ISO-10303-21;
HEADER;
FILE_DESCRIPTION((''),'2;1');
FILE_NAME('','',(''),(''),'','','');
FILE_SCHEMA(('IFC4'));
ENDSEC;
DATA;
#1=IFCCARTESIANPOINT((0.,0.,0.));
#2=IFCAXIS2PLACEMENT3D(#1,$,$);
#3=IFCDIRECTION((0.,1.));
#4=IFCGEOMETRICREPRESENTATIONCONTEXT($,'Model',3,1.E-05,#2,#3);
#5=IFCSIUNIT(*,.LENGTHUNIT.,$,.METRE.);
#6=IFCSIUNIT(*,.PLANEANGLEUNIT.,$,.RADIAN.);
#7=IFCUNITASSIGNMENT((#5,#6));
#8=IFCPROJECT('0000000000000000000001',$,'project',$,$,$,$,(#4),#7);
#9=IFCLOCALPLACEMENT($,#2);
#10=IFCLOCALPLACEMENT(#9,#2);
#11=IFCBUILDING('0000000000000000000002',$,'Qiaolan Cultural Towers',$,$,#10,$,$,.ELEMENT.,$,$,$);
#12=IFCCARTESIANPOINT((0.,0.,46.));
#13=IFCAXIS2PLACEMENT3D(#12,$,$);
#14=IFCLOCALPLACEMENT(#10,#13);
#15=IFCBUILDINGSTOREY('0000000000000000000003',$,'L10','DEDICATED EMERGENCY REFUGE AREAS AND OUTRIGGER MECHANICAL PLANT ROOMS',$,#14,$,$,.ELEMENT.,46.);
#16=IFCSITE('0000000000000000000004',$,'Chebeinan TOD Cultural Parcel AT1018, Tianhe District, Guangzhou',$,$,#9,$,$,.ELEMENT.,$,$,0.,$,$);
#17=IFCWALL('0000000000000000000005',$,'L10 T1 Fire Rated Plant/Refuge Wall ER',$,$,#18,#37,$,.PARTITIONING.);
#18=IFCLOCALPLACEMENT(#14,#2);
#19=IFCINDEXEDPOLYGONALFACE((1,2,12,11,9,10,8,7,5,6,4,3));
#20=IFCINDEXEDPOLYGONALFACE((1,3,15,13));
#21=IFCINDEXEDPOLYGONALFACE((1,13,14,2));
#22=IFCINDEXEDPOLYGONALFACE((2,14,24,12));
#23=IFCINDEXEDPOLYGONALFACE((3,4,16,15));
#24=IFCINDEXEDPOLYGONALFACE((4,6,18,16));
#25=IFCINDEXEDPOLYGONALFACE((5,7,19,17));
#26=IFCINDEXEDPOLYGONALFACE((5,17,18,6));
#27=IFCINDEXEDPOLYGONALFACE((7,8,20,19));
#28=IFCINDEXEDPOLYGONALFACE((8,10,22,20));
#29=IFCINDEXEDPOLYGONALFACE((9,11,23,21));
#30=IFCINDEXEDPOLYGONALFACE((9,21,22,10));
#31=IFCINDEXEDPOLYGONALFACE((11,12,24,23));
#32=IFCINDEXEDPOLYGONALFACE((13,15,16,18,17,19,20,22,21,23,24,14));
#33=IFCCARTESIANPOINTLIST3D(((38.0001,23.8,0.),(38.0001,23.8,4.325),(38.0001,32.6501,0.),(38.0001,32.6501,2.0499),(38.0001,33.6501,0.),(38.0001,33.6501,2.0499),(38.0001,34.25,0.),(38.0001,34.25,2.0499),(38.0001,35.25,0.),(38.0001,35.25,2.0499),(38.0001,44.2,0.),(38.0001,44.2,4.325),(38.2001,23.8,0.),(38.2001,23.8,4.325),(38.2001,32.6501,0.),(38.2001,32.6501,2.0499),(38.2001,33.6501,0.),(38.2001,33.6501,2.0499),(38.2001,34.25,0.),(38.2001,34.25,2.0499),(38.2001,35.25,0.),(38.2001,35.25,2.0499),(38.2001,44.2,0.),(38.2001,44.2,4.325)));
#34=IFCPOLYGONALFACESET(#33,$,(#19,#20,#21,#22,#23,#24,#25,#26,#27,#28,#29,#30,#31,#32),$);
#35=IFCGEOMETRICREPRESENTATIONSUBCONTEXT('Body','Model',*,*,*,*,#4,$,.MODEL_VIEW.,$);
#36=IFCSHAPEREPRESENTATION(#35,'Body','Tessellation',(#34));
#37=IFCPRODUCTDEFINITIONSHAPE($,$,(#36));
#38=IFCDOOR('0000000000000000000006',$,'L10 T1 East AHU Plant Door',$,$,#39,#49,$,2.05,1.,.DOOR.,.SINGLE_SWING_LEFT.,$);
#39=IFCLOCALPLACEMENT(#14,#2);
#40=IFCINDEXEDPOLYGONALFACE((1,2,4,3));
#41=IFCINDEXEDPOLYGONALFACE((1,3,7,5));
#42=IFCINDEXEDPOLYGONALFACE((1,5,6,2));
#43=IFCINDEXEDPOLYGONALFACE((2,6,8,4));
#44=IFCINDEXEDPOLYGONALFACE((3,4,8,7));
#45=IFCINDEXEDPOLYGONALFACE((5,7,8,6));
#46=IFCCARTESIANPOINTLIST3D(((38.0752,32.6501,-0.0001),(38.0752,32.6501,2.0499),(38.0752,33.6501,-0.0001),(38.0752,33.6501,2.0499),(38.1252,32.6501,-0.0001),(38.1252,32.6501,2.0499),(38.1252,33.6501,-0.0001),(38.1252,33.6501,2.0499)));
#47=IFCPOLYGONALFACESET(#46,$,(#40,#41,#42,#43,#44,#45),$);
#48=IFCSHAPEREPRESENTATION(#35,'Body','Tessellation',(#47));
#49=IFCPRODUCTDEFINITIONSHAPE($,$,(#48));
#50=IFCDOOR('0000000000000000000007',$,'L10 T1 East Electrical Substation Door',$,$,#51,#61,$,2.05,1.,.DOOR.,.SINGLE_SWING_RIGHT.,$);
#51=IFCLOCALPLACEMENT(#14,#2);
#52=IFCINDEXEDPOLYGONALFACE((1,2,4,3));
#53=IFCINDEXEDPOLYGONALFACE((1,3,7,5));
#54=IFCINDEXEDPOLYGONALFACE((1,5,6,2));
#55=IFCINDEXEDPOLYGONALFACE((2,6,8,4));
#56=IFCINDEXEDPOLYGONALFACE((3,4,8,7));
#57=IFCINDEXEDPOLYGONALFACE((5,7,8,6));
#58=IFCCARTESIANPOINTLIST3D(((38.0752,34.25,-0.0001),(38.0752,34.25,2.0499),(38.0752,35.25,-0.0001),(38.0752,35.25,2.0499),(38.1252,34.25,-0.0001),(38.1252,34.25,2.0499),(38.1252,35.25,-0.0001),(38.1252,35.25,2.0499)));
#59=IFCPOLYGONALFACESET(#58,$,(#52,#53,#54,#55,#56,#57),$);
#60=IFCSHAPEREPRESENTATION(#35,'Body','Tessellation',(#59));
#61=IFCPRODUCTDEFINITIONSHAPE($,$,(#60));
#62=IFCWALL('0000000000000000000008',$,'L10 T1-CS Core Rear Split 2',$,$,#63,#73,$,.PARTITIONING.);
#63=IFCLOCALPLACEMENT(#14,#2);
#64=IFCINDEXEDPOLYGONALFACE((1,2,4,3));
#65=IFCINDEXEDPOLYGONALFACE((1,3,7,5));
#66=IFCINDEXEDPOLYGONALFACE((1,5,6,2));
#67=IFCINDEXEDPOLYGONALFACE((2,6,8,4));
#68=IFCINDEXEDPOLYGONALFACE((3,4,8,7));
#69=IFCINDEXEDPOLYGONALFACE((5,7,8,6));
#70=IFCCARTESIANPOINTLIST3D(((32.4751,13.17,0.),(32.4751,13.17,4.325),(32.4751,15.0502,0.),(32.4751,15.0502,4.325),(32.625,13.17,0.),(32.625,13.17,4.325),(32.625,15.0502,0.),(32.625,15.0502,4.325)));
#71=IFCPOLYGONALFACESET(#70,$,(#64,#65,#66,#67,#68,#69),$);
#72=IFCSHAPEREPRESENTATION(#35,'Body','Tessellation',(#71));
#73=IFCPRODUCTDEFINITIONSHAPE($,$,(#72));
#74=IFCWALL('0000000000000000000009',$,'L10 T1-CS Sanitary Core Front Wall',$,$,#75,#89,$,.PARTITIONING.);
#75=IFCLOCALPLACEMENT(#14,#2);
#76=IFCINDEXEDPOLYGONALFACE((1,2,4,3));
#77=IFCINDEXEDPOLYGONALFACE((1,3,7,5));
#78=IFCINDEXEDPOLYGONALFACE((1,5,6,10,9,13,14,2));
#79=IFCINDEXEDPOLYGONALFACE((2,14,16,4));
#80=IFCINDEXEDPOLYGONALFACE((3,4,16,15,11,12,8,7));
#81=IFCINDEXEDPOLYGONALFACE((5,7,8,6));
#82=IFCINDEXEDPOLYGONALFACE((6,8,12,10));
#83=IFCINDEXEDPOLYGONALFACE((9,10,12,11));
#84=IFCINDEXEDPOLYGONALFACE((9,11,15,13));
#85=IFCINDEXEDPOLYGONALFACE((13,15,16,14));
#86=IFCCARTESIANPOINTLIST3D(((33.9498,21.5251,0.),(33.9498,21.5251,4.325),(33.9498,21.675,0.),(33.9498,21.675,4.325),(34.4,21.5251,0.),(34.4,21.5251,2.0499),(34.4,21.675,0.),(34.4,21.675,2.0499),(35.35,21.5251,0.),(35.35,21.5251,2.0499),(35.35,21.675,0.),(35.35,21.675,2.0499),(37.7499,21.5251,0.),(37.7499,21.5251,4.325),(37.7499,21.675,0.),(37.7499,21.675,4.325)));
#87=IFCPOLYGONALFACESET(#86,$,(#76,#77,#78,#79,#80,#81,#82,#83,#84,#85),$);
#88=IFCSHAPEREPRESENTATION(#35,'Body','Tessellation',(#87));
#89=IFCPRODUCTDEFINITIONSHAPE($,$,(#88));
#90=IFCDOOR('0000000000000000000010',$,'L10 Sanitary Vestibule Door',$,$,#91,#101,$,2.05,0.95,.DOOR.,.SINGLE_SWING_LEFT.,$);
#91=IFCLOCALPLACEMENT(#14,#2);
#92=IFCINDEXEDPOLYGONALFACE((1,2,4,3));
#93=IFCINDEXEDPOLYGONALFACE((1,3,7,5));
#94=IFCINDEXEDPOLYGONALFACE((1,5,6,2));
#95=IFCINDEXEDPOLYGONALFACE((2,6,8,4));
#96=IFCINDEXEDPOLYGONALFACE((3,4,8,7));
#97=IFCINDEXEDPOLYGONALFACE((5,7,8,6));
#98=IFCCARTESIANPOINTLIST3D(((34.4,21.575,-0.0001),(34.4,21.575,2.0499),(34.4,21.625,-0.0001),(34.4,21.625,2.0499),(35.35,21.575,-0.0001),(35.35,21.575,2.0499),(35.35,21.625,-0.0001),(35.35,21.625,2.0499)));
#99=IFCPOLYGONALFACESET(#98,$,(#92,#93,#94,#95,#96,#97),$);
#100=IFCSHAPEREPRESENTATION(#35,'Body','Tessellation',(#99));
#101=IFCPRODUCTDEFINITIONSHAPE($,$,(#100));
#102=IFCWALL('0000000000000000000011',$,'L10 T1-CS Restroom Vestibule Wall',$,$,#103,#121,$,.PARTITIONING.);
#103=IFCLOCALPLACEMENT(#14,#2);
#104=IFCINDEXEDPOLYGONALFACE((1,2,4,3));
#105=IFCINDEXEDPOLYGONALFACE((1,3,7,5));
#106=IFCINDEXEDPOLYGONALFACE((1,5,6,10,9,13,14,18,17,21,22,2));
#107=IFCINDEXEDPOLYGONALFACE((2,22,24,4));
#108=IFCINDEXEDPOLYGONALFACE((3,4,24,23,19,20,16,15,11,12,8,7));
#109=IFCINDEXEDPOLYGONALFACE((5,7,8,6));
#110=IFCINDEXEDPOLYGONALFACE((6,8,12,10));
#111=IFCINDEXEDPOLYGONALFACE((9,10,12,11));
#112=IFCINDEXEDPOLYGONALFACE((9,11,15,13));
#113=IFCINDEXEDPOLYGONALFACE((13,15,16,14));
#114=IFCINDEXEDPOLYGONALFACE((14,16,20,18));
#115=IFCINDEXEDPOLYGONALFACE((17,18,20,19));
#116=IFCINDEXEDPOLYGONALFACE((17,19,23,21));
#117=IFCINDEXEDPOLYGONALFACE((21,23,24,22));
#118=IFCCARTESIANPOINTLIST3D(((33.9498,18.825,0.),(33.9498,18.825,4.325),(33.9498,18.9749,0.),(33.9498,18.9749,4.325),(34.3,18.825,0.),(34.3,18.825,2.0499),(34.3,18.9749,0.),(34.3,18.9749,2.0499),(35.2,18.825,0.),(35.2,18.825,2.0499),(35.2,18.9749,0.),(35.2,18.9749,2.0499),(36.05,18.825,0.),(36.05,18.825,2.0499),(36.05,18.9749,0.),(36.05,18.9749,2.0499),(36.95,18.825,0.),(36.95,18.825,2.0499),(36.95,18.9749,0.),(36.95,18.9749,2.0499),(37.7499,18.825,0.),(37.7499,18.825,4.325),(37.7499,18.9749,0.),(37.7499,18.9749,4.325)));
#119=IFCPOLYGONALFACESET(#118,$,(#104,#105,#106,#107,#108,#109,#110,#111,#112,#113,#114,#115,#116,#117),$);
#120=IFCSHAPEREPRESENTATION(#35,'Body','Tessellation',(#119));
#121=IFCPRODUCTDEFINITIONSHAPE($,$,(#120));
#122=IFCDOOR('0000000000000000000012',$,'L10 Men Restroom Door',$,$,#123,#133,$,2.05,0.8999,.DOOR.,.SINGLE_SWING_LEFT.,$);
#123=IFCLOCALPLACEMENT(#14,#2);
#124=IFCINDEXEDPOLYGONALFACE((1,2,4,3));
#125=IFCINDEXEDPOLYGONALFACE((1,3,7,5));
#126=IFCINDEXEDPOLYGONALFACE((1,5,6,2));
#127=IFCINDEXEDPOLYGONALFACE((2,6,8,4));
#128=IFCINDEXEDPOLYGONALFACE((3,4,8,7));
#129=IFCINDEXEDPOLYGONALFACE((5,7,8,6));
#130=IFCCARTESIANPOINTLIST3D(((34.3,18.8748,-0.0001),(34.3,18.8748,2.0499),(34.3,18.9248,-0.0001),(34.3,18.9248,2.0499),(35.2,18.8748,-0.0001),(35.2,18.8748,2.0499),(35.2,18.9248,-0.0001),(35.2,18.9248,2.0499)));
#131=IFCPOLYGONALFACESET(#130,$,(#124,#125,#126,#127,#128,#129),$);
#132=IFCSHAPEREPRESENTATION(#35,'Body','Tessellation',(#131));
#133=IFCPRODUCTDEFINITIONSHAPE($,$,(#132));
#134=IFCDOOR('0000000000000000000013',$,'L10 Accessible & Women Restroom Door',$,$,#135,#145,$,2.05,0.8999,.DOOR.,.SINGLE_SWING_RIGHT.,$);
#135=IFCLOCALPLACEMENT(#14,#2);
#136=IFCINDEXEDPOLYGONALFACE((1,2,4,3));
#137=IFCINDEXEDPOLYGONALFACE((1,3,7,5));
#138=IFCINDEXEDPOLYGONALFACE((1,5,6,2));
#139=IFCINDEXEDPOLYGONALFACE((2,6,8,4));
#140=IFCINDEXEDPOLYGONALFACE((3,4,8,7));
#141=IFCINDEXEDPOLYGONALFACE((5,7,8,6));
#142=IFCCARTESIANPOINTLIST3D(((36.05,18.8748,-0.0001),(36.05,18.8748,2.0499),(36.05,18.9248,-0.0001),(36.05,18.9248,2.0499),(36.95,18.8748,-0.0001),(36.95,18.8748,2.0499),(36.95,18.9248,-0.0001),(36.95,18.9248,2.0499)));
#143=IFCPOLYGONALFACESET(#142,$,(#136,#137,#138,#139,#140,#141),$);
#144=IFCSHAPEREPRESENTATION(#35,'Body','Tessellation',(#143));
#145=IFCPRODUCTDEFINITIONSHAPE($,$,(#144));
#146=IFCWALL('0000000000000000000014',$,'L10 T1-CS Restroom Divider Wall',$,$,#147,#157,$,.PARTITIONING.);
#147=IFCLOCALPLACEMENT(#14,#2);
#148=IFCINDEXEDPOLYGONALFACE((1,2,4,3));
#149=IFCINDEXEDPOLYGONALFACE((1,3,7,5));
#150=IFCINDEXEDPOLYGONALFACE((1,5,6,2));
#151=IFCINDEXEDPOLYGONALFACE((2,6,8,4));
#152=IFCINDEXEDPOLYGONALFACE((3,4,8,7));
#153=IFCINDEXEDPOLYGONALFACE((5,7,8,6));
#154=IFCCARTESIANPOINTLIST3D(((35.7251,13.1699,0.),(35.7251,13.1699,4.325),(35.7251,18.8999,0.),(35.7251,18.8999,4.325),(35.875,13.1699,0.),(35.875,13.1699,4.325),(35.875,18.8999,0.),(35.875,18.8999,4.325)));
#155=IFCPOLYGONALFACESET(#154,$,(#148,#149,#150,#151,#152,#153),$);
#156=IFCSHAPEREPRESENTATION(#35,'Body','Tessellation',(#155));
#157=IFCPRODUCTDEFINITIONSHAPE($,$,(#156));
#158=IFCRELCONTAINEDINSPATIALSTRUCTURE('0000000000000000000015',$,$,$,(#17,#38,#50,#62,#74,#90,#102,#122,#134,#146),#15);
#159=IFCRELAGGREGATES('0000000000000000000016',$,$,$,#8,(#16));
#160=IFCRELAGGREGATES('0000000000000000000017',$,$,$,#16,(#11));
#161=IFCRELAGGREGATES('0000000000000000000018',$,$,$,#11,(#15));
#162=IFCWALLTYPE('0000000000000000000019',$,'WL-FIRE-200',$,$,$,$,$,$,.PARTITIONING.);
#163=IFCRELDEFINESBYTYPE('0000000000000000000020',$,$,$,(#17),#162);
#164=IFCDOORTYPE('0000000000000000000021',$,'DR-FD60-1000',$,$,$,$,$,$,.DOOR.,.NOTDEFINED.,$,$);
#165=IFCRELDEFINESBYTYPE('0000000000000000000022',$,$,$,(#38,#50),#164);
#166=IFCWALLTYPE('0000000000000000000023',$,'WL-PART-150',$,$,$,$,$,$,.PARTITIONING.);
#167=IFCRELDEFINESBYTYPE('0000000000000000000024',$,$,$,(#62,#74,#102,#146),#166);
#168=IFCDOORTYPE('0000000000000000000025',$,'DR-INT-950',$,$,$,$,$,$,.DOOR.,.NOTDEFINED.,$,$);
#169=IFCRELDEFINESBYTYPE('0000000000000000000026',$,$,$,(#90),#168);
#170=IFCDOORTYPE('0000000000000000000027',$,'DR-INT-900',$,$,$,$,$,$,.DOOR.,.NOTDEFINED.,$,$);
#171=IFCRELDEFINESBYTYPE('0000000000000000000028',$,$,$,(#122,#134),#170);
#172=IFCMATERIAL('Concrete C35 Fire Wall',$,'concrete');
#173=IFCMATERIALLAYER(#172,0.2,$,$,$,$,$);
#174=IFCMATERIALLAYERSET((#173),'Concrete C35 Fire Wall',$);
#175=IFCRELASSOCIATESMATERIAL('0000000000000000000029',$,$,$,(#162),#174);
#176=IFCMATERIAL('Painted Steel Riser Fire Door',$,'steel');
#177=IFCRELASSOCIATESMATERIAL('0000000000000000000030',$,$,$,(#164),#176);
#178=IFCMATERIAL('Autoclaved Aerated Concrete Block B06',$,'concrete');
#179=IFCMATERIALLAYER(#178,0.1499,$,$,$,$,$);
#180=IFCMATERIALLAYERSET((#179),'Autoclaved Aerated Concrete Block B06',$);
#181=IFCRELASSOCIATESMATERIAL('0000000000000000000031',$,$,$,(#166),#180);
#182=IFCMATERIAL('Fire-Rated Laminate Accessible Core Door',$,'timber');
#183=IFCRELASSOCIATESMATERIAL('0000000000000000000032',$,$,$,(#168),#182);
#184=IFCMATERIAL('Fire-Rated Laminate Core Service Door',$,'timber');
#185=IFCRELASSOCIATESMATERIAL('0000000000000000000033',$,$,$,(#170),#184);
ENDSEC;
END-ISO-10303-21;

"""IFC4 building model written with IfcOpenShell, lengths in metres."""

from ifc_helpers import new_model, si_unit, direction, frame, frame_2d, origin, place, context, subcontext, project, spatial, rectangle, extrude, material, layer, layer_set, type_object, element, fill, save


model = new_model("IFC4")

# Units and contexts
model_context = context("Model", 3, precision=1e-05, world=origin(), true_north=direction((0.0, 1.0)))
body_context = subcontext(model_context, "Body", "Model", "MODEL_VIEW")
ifc_project = project(units=[si_unit("LENGTHUNIT", "METRE"), si_unit("PLANEANGLEUNIT", "RADIAN")], contexts=[model_context])

# Site, building, storey
site_placement = place(None, origin())
site = spatial("IfcSite", under=ifc_project, at=site_placement, Name="Chebeinan TOD Cultural Parcel AT1018, Tianhe District, Guangzhou", CompositionType="ELEMENT", RefElevation=0.0)
building_placement = place(site_placement, origin())
building = spatial("IfcBuilding", under=site, at=building_placement, Name="Qiaolan Cultural Towers", CompositionType="ELEMENT")
storey_placement = place(building_placement, frame((0.0, 0.0, 46.0)))
storey = spatial("IfcBuildingStorey", under=building, at=storey_placement, Name="L10", Description="DEDICATED EMERGENCY REFUGE AREAS AND OUTRIGGER MECHANICAL PLANT ROOMS", CompositionType="ELEMENT", Elevation=46.0)

# Shared definitions
ifc_material_1 = material(Name="Concrete C35 Fire Wall", Category="concrete")
ifc_layer_1 = layer(ifc_material_1, 0.2)
ifc_layer_set_1 = layer_set([ifc_layer_1], Name="Concrete C35 Fire Wall")
wall_type_1 = type_object("IfcWallType", Name="WL-FIRE-200", PredefinedType="PARTITIONING", material=ifc_layer_set_1)

# Wall, openings, doors
wall_1_placement = place(storey_placement, frame((38.1001, 23.8, 0.0), z_axis=(0.0, 0.0, 1.0), x_axis=(0.0, 1.0, 0.0)))
wall_1 = element("IfcWall", 1, at=wall_1_placement, inside=storey, type_object=wall_type_1, Name="L10 T1 Fire Rated Plant/Refuge Wall ER", PredefinedType="PARTITIONING", context=body_context, shape_type="SweptSolid", body=[
    extrude(rectangle(XDim=20.3999, YDim=0.2, at=frame_2d((10.2, 0.0))), origin(), (0.0, 0.0, 1.0), 4.325),
])
opening_1_placement = place(wall_1_placement, frame((8.8501, 0.0, 0.0)))
opening_1 = element("IfcOpeningElement", 2, at=opening_1_placement, cuts=wall_1, PredefinedType="OPENING", context=body_context, shape_type="SweptSolid", body=[
    extrude(rectangle(XDim=1.0, YDim=2.05, at=frame_2d((0.5, 1.0249))), frame((0.0, 0.1099, 0.0), z_axis=(0.0, -1.0, 0.0), x_axis=(1.0, 0.0, 0.0)), (0.0, 0.0, 1.0), 0.22),
])
opening_2_placement = place(wall_1_placement, frame((10.45, 0.0, 0.0)))
opening_2 = element("IfcOpeningElement", 3, at=opening_2_placement, cuts=wall_1, PredefinedType="OPENING", context=body_context, shape_type="SweptSolid", body=[
    extrude(rectangle(XDim=1.0, YDim=2.05, at=frame_2d((0.5, 1.0249))), frame((0.0, 0.1099, 0.0), z_axis=(0.0, -1.0, 0.0), x_axis=(1.0, 0.0, 0.0)), (0.0, 0.0, 1.0), 0.22),
])
ifc_material_2 = material(Name="Painted Steel Riser Fire Door", Category="steel")
door_type_1 = type_object("IfcDoorType", Name="DR-FD60-1000", OperationType="NOTDEFINED", PredefinedType="DOOR", material=ifc_material_2)
door_1_placement = place(opening_1_placement, origin())
door_1 = element("IfcDoor", 4, at=door_1_placement, inside=storey, type_object=door_type_1, Name="L10 T1 East AHU Plant Door", OperationType="SINGLE_SWING_LEFT", OverallHeight=2.05, OverallWidth=1.0, PredefinedType="DOOR", context=body_context, shape_type="SweptSolid", body=[
    extrude(rectangle(XDim=1.0, YDim=2.05, at=frame_2d((0.5, 1.0249))), frame((0.0, 0.0249, 0.0), z_axis=(0.0, -1.0, 0.0), x_axis=(1.0, 0.0, 0.0)), (0.0, 0.0, 1.0), 0.05),
])
fill(opening_1, door_1)
door_2_placement = place(opening_2_placement, origin())
door_2 = element("IfcDoor", 5, at=door_2_placement, inside=storey, type_object=door_type_1, Name="L10 T1 East Electrical Substation Door", OperationType="SINGLE_SWING_RIGHT", OverallHeight=2.05, OverallWidth=1.0, PredefinedType="DOOR", context=body_context, shape_type="SweptSolid", body=[
    extrude(rectangle(XDim=1.0, YDim=2.05, at=frame_2d((0.5, 1.0249))), frame((0.0, 0.0249, 0.0), z_axis=(0.0, -1.0, 0.0), x_axis=(1.0, 0.0, 0.0)), (0.0, 0.0, 1.0), 0.05),
])
fill(opening_2, door_2)

# Wall
ifc_material_3 = material(Name="Autoclaved Aerated Concrete Block B06", Category="concrete")
ifc_layer_2 = layer(ifc_material_3, 0.1499)
ifc_layer_set_2 = layer_set([ifc_layer_2], Name="Autoclaved Aerated Concrete Block B06")
wall_type_2 = type_object("IfcWallType", Name="WL-PART-150", PredefinedType="PARTITIONING", material=ifc_layer_set_2)
wall_2_placement = place(storey_placement, frame((32.55, 15.05, 0.0), z_axis=(0.0, 0.0, 1.0), x_axis=(0.0, -1.0, 0.0)))
element("IfcWall", 6, at=wall_2_placement, inside=storey, type_object=wall_type_2, Name="L10 T1-CS Core Rear Split 2", PredefinedType="PARTITIONING", context=body_context, shape_type="SweptSolid", body=[
    extrude(rectangle(XDim=1.8801, YDim=0.1499, at=frame_2d((0.9399, 0.0))), origin(), (0.0, 0.0, 1.0), 4.325),
])

# Wall, opening, door
wall_3_placement = place(storey_placement, frame((33.95, 21.6001, 0.0), z_axis=(0.0, 0.0, 1.0), x_axis=(1.0, 0.0, 0.0)))
wall_3 = element("IfcWall", 7, at=wall_3_placement, inside=storey, type_object=wall_type_2, Name="L10 T1-CS Sanitary Core Front Wall", PredefinedType="PARTITIONING", context=body_context, shape_type="SweptSolid", body=[
    extrude(rectangle(XDim=3.8, YDim=0.1499, at=frame_2d((1.8999, 0.0))), origin(), (0.0, 0.0, 1.0), 4.325),
])
opening_3_placement = place(wall_3_placement, frame((0.45, 0.0, 0.0)))
opening_3 = element("IfcOpeningElement", 8, at=opening_3_placement, cuts=wall_3, PredefinedType="OPENING", context=body_context, shape_type="SweptSolid", body=[
    extrude(rectangle(XDim=0.95, YDim=2.05, at=frame_2d((0.4751, 1.0249))), frame((0.0, 0.085, 0.0), z_axis=(0.0, -1.0, 0.0), x_axis=(1.0, 0.0, 0.0)), (0.0, 0.0, 1.0), 0.1699),
])
ifc_material_4 = material(Name="Fire-Rated Laminate Accessible Core Door", Category="timber")
door_type_2 = type_object("IfcDoorType", Name="DR-INT-950", OperationType="NOTDEFINED", PredefinedType="DOOR", material=ifc_material_4)
door_3_placement = place(opening_3_placement, origin())
door_3 = element("IfcDoor", 9, at=door_3_placement, inside=storey, type_object=door_type_2, Name="L10 Sanitary Vestibule Door", OperationType="SINGLE_SWING_LEFT", OverallHeight=2.05, OverallWidth=0.95, PredefinedType="DOOR", context=body_context, shape_type="SweptSolid", body=[
    extrude(rectangle(XDim=0.95, YDim=2.05, at=frame_2d((0.4751, 1.0249))), frame((0.0, 0.0249, 0.0), z_axis=(0.0, -1.0, 0.0), x_axis=(1.0, 0.0, 0.0)), (0.0, 0.0, 1.0), 0.05),
])
fill(opening_3, door_3)

# Wall, openings, doors
wall_4_placement = place(storey_placement, frame((33.95, 18.8999, 0.0), z_axis=(0.0, 0.0, 1.0), x_axis=(1.0, 0.0, 0.0)))
wall_4 = element("IfcWall", 10, at=wall_4_placement, inside=storey, type_object=wall_type_2, Name="L10 T1-CS Restroom Vestibule Wall", PredefinedType="PARTITIONING", context=body_context, shape_type="SweptSolid", body=[
    extrude(rectangle(XDim=3.8, YDim=0.1499, at=frame_2d((1.8999, 0.0))), origin(), (0.0, 0.0, 1.0), 4.325),
])
opening_4_placement = place(wall_4_placement, frame((0.3501, 0.0, 0.0)))
opening_4 = element("IfcOpeningElement", 11, at=opening_4_placement, cuts=wall_4, PredefinedType="OPENING", context=body_context, shape_type="SweptSolid", body=[
    extrude(rectangle(XDim=0.8999, YDim=2.05, at=frame_2d((0.45, 1.0249))), frame((0.0, 0.085, 0.0), z_axis=(0.0, -1.0, 0.0), x_axis=(1.0, 0.0, 0.0)), (0.0, 0.0, 1.0), 0.1699),
])
opening_5_placement = place(wall_4_placement, frame((2.1001, 0.0, 0.0)))
opening_5 = element("IfcOpeningElement", 12, at=opening_5_placement, cuts=wall_4, PredefinedType="OPENING", context=body_context, shape_type="SweptSolid", body=[
    extrude(rectangle(XDim=0.8999, YDim=2.05, at=frame_2d((0.45, 1.0249))), frame((0.0, 0.085, 0.0), z_axis=(0.0, -1.0, 0.0), x_axis=(1.0, 0.0, 0.0)), (0.0, 0.0, 1.0), 0.1699),
])
ifc_material_5 = material(Name="Fire-Rated Laminate Core Service Door", Category="timber")
door_type_3 = type_object("IfcDoorType", Name="DR-INT-900", OperationType="NOTDEFINED", PredefinedType="DOOR", material=ifc_material_5)
door_4_placement = place(opening_4_placement, origin())
door_4 = element("IfcDoor", 13, at=door_4_placement, inside=storey, type_object=door_type_3, Name="L10 Men Restroom Door", OperationType="SINGLE_SWING_LEFT", OverallHeight=2.05, OverallWidth=0.8999, PredefinedType="DOOR", context=body_context, shape_type="SweptSolid", body=[
    extrude(rectangle(XDim=0.8999, YDim=2.05, at=frame_2d((0.45, 1.0249))), frame((0.0, 0.0249, 0.0), z_axis=(0.0, -1.0, 0.0), x_axis=(1.0, 0.0, 0.0)), (0.0, 0.0, 1.0), 0.05),
])
fill(opening_4, door_4)
door_5_placement = place(opening_5_placement, origin())
door_5 = element("IfcDoor", 14, at=door_5_placement, inside=storey, type_object=door_type_3, Name="L10 Accessible & Women Restroom Door", OperationType="SINGLE_SWING_RIGHT", OverallHeight=2.05, OverallWidth=0.8999, PredefinedType="DOOR", context=body_context, shape_type="SweptSolid", body=[
    extrude(rectangle(XDim=0.8999, YDim=2.05, at=frame_2d((0.45, 1.0249))), frame((0.0, 0.0249, 0.0), z_axis=(0.0, -1.0, 0.0), x_axis=(1.0, 0.0, 0.0)), (0.0, 0.0, 1.0), 0.05),
])
fill(opening_5, door_5)

# Wall
wall_5_placement = place(storey_placement, frame((35.8, 18.8999, 0.0), z_axis=(0.0, 0.0, 1.0), x_axis=(0.0, -1.0, 0.0)))
element("IfcWall", 15, at=wall_5_placement, inside=storey, type_object=wall_type_2, Name="L10 T1-CS Restroom Divider Wall", PredefinedType="PARTITIONING", context=body_context, shape_type="SweptSolid", body=[
    extrude(rectangle(XDim=5.73, YDim=0.1499, at=frame_2d((2.865, 0.0))), origin(), (0.0, 0.0, 1.0), 4.325),
])

save(model, "model.ifc")
